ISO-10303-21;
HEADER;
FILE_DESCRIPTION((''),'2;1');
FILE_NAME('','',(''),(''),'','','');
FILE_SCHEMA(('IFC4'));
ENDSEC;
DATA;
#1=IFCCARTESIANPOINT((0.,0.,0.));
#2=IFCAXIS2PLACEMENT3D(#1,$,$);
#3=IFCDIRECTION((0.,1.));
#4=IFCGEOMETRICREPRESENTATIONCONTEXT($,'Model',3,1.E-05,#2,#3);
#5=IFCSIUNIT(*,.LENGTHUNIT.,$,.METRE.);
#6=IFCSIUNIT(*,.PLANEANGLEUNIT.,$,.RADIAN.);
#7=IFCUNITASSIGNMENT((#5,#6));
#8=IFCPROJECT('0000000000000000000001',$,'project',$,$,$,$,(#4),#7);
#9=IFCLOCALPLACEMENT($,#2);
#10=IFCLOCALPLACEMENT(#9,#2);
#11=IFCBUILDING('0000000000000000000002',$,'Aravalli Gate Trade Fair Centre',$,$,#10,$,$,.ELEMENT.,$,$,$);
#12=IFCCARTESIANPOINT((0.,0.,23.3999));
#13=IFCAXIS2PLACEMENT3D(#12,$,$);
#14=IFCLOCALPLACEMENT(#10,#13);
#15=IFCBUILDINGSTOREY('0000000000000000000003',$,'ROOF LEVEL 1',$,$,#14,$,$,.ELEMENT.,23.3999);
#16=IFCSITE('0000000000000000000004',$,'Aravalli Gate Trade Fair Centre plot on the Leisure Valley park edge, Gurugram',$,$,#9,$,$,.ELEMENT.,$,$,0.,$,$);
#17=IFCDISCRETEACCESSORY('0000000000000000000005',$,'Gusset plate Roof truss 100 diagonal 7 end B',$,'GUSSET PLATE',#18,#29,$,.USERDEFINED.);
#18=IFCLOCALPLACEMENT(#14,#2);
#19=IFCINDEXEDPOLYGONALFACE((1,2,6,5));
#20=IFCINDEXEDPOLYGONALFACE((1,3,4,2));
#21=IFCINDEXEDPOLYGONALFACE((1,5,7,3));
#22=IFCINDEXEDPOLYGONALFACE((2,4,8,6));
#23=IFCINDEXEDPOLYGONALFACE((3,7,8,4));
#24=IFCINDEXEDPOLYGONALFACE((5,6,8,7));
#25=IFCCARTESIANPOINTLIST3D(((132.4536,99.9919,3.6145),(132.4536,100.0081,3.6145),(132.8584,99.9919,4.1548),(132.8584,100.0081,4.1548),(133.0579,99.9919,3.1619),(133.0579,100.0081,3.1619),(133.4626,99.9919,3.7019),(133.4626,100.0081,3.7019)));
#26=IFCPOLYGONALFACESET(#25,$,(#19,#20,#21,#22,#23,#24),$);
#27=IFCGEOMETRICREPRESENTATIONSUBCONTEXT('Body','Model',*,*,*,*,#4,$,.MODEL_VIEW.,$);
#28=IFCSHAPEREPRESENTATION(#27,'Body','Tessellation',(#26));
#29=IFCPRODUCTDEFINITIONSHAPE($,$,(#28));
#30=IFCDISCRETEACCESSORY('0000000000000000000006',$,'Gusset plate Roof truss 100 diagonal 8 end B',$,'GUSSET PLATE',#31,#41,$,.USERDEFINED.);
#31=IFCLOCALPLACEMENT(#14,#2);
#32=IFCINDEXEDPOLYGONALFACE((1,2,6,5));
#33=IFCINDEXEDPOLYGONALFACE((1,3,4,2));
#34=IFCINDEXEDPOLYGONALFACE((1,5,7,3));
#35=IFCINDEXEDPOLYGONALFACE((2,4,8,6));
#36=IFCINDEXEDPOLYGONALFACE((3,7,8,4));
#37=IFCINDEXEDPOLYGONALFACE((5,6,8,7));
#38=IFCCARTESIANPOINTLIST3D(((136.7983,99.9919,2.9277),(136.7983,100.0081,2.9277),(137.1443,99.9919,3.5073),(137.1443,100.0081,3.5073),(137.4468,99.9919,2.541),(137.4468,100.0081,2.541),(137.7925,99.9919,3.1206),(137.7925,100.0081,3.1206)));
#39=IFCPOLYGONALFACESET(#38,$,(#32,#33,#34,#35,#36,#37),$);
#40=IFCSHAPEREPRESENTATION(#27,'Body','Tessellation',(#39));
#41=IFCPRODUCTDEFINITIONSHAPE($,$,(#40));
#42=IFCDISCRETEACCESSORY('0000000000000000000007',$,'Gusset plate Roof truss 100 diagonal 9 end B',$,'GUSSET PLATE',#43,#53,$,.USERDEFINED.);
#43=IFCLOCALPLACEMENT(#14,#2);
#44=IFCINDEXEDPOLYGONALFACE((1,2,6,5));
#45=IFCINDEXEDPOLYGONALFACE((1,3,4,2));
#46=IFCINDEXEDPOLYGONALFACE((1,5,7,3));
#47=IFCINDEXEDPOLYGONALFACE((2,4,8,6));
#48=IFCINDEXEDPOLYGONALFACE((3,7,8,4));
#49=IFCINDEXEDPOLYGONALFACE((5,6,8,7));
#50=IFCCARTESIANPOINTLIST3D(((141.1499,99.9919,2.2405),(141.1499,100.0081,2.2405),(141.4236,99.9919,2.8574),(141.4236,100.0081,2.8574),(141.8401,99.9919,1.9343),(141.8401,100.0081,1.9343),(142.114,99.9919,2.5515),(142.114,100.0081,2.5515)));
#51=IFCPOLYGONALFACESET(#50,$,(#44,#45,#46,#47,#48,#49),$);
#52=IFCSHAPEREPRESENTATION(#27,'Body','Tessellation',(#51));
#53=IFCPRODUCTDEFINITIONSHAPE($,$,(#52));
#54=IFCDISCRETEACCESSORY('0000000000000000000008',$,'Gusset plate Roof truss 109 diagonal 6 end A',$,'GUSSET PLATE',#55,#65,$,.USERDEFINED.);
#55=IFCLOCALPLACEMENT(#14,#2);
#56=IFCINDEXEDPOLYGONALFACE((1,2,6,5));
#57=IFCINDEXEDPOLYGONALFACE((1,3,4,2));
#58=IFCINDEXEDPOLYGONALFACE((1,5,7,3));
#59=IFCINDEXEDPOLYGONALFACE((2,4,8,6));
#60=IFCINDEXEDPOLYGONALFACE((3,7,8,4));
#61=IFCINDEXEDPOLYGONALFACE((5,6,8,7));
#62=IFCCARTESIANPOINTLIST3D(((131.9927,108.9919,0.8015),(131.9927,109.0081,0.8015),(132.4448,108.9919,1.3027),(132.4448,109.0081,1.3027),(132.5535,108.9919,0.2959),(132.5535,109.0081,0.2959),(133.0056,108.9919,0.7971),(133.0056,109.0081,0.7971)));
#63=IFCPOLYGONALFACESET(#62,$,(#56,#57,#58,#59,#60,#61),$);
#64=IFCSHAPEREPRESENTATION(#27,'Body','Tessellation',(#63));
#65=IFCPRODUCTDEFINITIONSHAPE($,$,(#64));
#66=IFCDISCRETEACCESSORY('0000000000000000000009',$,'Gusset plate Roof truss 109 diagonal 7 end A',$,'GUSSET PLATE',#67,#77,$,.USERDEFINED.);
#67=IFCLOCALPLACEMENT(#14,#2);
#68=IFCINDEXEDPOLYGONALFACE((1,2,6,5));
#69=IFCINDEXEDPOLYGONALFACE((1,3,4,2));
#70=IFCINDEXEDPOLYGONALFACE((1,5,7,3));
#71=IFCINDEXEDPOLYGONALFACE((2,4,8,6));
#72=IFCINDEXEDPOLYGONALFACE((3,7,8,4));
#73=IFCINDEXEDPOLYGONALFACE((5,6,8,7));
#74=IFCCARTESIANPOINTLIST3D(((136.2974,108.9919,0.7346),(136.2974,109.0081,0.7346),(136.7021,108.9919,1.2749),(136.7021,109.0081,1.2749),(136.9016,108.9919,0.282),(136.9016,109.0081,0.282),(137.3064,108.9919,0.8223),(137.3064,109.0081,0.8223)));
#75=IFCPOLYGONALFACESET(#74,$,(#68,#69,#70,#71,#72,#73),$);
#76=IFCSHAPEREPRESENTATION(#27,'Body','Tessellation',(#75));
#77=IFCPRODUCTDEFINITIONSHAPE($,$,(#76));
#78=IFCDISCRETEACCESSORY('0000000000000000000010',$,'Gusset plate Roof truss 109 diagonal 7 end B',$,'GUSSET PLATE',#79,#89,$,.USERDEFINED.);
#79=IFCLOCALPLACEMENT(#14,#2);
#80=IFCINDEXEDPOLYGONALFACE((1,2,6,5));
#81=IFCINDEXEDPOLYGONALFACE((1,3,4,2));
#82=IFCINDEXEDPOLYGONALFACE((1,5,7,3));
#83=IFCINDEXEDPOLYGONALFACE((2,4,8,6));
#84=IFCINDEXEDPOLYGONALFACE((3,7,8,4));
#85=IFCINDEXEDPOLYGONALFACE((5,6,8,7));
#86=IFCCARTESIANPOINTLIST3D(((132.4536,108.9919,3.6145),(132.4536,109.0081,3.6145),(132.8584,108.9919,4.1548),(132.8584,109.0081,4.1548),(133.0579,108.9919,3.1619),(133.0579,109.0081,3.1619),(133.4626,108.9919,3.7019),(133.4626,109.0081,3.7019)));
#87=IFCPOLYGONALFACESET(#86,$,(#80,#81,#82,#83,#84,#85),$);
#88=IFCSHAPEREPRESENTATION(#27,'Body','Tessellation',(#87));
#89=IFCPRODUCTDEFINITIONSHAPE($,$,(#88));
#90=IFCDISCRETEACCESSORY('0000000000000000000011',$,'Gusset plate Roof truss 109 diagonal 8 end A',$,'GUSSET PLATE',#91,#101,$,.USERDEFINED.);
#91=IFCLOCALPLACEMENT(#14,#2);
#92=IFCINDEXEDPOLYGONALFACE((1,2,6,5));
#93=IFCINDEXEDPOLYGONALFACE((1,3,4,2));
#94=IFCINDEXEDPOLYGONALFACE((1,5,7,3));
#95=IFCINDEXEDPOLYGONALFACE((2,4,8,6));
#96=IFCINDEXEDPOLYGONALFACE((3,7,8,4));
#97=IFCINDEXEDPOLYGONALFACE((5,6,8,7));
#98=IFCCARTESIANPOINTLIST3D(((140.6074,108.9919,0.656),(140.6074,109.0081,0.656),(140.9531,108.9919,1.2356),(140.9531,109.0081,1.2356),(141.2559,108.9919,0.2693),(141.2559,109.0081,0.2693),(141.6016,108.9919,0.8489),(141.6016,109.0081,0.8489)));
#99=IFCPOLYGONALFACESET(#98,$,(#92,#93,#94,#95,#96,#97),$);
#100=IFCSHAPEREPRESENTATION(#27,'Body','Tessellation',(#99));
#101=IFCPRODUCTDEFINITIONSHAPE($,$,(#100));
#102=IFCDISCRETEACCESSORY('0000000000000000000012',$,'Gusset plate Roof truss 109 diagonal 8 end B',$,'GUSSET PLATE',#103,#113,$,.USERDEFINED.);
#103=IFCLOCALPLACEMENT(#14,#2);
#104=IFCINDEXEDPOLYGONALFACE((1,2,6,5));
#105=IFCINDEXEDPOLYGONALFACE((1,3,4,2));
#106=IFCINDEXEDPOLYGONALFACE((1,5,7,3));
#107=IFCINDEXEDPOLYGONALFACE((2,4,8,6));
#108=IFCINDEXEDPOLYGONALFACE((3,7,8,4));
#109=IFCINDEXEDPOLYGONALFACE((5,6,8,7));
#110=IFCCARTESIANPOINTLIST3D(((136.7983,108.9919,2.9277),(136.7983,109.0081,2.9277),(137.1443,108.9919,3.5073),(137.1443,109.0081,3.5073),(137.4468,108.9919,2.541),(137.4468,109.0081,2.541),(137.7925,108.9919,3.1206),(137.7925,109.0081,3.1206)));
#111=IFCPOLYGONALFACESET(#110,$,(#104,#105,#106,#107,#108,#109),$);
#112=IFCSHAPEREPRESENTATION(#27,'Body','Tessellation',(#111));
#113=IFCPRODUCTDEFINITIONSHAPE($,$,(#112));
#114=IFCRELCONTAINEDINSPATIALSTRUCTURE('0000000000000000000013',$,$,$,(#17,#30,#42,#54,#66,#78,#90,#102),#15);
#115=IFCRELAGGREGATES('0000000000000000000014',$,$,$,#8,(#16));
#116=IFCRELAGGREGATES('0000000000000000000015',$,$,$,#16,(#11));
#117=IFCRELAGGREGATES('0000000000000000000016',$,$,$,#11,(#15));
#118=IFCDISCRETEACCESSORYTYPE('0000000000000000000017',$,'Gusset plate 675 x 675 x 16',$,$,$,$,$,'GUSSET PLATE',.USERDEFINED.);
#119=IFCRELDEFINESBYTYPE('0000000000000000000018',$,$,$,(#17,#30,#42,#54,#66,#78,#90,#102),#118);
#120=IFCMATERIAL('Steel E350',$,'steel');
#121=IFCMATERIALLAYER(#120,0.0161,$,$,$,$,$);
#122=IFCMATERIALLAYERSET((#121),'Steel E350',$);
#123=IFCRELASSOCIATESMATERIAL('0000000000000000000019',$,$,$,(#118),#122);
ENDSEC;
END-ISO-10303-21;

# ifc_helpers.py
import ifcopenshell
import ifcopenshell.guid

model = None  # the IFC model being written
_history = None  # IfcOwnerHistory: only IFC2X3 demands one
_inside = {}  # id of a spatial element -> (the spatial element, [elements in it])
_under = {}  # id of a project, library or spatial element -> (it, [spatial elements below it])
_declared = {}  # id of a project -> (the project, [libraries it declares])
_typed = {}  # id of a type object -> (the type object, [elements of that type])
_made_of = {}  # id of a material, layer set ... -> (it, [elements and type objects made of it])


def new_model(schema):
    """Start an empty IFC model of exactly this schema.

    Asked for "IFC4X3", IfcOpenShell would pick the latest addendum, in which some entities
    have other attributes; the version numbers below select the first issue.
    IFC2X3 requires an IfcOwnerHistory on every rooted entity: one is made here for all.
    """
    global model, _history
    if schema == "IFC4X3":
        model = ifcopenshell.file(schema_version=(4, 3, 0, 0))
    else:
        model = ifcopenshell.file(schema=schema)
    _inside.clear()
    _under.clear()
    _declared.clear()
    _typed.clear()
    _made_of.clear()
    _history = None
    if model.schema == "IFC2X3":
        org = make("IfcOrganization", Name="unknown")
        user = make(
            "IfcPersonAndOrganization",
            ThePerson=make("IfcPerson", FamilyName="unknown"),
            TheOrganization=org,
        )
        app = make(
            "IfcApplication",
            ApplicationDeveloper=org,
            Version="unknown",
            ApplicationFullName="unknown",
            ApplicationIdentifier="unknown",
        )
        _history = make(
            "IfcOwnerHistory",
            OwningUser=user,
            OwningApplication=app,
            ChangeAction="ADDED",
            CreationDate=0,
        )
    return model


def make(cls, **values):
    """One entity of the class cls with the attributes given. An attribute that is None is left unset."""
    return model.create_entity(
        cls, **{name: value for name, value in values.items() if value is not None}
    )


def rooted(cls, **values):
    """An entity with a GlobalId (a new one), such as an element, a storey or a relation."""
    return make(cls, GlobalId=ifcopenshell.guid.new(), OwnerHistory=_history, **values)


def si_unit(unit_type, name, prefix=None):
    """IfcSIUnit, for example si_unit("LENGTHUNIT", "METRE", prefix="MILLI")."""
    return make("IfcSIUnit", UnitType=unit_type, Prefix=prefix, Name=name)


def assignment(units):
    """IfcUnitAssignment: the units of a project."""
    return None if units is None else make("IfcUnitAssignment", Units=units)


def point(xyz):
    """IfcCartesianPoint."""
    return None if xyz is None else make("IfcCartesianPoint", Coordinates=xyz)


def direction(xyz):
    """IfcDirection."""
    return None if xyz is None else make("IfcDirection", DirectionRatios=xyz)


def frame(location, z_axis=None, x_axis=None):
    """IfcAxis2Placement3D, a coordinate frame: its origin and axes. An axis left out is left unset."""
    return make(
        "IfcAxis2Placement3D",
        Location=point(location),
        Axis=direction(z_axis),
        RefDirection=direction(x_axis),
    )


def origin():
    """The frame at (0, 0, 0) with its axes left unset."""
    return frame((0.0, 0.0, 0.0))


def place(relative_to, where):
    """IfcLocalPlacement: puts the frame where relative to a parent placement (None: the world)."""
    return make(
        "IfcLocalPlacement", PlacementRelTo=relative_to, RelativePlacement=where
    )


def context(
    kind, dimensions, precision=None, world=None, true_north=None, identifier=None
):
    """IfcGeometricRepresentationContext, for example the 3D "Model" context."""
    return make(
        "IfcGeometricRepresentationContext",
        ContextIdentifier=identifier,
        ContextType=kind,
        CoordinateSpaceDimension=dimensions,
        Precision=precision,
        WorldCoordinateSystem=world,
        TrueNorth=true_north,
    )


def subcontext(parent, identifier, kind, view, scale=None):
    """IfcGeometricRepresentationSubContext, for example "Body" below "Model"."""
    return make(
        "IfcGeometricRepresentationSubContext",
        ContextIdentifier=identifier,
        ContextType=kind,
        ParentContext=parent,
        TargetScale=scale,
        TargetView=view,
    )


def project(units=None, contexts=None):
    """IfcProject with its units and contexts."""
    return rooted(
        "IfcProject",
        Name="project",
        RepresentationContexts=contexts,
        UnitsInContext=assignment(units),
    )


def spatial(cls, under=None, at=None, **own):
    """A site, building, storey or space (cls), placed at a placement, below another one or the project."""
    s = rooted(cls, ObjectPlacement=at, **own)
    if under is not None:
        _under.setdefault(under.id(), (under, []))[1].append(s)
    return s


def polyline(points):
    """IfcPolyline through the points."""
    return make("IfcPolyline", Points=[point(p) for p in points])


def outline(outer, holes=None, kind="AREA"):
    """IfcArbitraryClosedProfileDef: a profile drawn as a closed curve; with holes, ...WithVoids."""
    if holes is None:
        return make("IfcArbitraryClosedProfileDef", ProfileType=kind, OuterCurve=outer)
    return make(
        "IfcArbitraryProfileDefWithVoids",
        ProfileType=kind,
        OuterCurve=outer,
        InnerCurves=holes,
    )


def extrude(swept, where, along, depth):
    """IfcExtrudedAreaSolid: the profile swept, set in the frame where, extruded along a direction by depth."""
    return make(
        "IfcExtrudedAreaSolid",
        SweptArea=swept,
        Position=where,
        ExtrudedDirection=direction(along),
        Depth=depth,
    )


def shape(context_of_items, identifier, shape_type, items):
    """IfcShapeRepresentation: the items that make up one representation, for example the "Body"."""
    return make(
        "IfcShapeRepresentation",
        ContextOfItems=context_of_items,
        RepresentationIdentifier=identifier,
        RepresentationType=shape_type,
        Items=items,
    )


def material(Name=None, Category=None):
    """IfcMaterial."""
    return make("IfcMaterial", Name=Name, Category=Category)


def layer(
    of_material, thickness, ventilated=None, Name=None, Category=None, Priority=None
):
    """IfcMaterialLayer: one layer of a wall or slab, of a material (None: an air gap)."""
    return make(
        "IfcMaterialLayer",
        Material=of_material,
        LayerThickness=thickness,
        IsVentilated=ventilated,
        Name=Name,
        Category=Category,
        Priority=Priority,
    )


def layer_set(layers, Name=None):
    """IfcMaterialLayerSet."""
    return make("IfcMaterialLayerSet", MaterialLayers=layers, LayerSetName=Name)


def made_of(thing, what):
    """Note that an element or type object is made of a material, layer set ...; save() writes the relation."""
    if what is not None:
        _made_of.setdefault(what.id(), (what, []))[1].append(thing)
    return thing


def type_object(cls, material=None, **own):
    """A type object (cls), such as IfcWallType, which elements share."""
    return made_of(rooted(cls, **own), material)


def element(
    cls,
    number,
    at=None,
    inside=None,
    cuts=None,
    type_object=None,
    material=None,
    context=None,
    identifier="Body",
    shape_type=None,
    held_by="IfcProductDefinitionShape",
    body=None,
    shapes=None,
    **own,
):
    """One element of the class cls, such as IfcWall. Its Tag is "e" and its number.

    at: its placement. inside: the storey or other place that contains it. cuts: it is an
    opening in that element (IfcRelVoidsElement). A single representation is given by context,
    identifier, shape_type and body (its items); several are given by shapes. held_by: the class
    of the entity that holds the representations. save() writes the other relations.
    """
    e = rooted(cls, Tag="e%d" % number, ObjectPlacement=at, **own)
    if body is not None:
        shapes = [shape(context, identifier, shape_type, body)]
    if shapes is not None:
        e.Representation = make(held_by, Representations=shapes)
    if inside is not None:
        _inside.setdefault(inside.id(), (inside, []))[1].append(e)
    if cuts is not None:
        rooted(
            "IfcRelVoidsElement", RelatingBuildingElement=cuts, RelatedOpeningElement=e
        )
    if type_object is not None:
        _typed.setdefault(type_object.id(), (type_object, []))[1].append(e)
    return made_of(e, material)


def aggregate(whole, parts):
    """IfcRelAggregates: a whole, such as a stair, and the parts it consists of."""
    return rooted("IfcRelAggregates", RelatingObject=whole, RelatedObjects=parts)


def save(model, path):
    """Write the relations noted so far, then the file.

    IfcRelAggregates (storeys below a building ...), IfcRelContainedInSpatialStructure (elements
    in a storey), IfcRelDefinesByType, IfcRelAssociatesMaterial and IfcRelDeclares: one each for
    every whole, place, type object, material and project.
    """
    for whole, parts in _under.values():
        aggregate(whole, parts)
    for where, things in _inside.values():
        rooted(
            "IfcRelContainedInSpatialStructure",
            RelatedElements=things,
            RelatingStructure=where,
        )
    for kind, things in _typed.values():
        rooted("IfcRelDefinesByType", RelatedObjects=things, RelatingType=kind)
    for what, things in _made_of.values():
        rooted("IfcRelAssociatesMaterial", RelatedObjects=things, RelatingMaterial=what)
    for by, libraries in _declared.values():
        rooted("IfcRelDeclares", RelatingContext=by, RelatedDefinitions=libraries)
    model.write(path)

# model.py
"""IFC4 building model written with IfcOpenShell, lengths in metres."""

from ifc_helpers import new_model, si_unit, direction, frame, origin, place, context, subcontext, project, spatial, polyline, outline, extrude, material, layer, layer_set, type_object, element, save


model = new_model("IFC4")

# Units and contexts
model_context = context("Model", 3, precision=1e-05, world=origin(), true_north=direction((0.0, 1.0)))
body_context = subcontext(model_context, "Body", "Model", "MODEL_VIEW")
ifc_project = project(units=[si_unit("LENGTHUNIT", "METRE"), si_unit("PLANEANGLEUNIT", "RADIAN")], contexts=[model_context])

# Site, building, storey
site_placement = place(None, origin())
site = spatial("IfcSite", under=ifc_project, at=site_placement, Name="Aravalli Gate Trade Fair Centre plot on the Leisure Valley park edge, Gurugram", CompositionType="ELEMENT", RefElevation=0.0)
building_placement = place(site_placement, origin())
building = spatial("IfcBuilding", under=site, at=building_placement, Name="Aravalli Gate Trade Fair Centre", CompositionType="ELEMENT")
storey_placement = place(building_placement, frame((0.0, 0.0, 23.3999)))
storey = spatial("IfcBuildingStorey", under=building, at=storey_placement, Name="ROOF LEVEL 1", CompositionType="ELEMENT", Elevation=23.3999)

# Shared definitions
ifc_material = material(Name="Steel E350", Category="steel")

# Discrete accessories
ifc_layer_1 = layer(ifc_material, 0.0161)
ifc_layer_set_1 = layer_set([ifc_layer_1], Name="Steel E350")
discrete_accessory_type_1 = type_object("IfcDiscreteAccessoryType", Name="Gusset plate 675 x 675 x 16", ElementType="GUSSET PLATE", PredefinedType="USERDEFINED", material=ifc_layer_set_1)
discrete_accessory_1_placement = place(storey_placement, frame((133.0579, 100.0081, 3.1619), z_axis=(0.0, 1.0, 0.0), x_axis=(-0.800349, 0.0, 0.599534)))
element("IfcDiscreteAccessory", 1, at=discrete_accessory_1_placement, inside=storey, type_object=discrete_accessory_type_1, Name="Gusset plate Roof truss 100 diagonal 7 end B", ObjectType="GUSSET PLATE", PredefinedType="USERDEFINED", context=body_context, shape_type="SweptSolid", body=[
    extrude(outline(polyline([(0.0, 0.0), (0.755, 0.0), (0.7549, 0.6751), (-0.0002, 0.6749), (0.0, 0.0)])), origin(), (0.0, 0.0, -1.0), 0.0161),
])
discrete_accessory_2_placement = place(storey_placement, frame((137.4468, 100.0081, 2.541), z_axis=(0.0, 1.0, 0.0), x_axis=(-0.858859, 0.0, 0.512211)))
element("IfcDiscreteAccessory", 2, at=discrete_accessory_2_placement, inside=storey, type_object=discrete_accessory_type_1, Name="Gusset plate Roof truss 100 diagonal 8 end B", ObjectType="GUSSET PLATE", PredefinedType="USERDEFINED", context=body_context, shape_type="SweptSolid", body=[
    extrude(outline(polyline([(0.0, 0.0), (0.755, 0.0), (0.7548, 0.675), (0.0, 0.6749), (0.0, 0.0)])), origin(), (0.0, 0.0, -1.0), 0.0161),
])
discrete_accessory_3_placement = place(storey_placement, frame((141.8401, 100.0081, 1.9343), z_axis=(0.0, 1.0, 0.0), x_axis=(-0.914105, 0.0, 0.405478)))
element("IfcDiscreteAccessory", 3, at=discrete_accessory_3_placement, inside=storey, type_object=discrete_accessory_type_1, Name="Gusset plate Roof truss 100 diagonal 9 end B", ObjectType="GUSSET PLATE", PredefinedType="USERDEFINED", context=body_context, shape_type="SweptSolid", body=[
    extrude(outline(polyline([(0.0, 0.0), (0.755, 0.0), (0.755, 0.6749), (-0.0001, 0.6752), (0.0, 0.0)])), origin(), (0.0, 0.0, -1.0), 0.0161),
])
discrete_accessory_4_placement = place(storey_placement, frame((131.9927, 108.9919, 0.8015), z_axis=(0.0, -1.0, 0.0), x_axis=(0.742699, 0.0, -0.669625)))
element("IfcDiscreteAccessory", 4, at=discrete_accessory_4_placement, inside=storey, type_object=discrete_accessory_type_1, Name="Gusset plate Roof truss 109 diagonal 6 end A", ObjectType="GUSSET PLATE", PredefinedType="USERDEFINED", context=body_context, shape_type="SweptSolid", body=[
    extrude(outline(polyline([(0.0, 0.0), (0.7551, 0.0), (0.7553, 0.675), (0.0002, 0.675), (0.0, 0.0)])), origin(), (0.0, 0.0, -1.0), 0.0161),
])
discrete_accessory_5_placement = place(storey_placement, frame((136.2974, 108.9919, 0.7346), z_axis=(0.0, -1.0, 0.0), x_axis=(0.800349, 0.0, -0.599534)))
element("IfcDiscreteAccessory", 5, at=discrete_accessory_5_placement, inside=storey, type_object=discrete_accessory_type_1, Name="Gusset plate Roof truss 109 diagonal 7 end A", ObjectType="GUSSET PLATE", PredefinedType="USERDEFINED", context=body_context, shape_type="SweptSolid", body=[
    extrude(outline(polyline([(0.0, 0.0), (0.755, 0.0), (0.755, 0.6751), (0.0001, 0.6751), (0.0, 0.0)])), origin(), (0.0, 0.0, -1.0), 0.0161),
])
discrete_accessory_6_placement = place(storey_placement, frame((133.0579, 109.0081, 3.1619), z_axis=(0.0, 1.0, 0.0), x_axis=(-0.800349, 0.0, 0.599534)))
element("IfcDiscreteAccessory", 6, at=discrete_accessory_6_placement, inside=storey, type_object=discrete_accessory_type_1, Name="Gusset plate Roof truss 109 diagonal 7 end B", ObjectType="GUSSET PLATE", PredefinedType="USERDEFINED", context=body_context, shape_type="SweptSolid", body=[
    extrude(outline(polyline([(0.0, 0.0), (0.755, 0.0), (0.7549, 0.6751), (-0.0002, 0.6749), (0.0, 0.0)])), origin(), (0.0, 0.0, -1.0), 0.0161),
])
discrete_accessory_7_placement = place(storey_placement, frame((140.6074, 108.9919, 0.656), z_axis=(0.0, -1.0, 0.0), x_axis=(0.858859, 0.0, -0.512211)))
element("IfcDiscreteAccessory", 7, at=discrete_accessory_7_placement, inside=storey, type_object=discrete_accessory_type_1, Name="Gusset plate Roof truss 109 diagonal 8 end A", ObjectType="GUSSET PLATE", PredefinedType="USERDEFINED", context=body_context, shape_type="SweptSolid", body=[
    extrude(outline(polyline([(0.0, 0.0), (0.755, 0.0), (0.755, 0.6749), (0.0, 0.6749), (0.0, 0.0)])), origin(), (0.0, 0.0, -1.0), 0.0161),
])
discrete_accessory_8_placement = place(storey_placement, frame((137.4468, 109.0081, 2.541), z_axis=(0.0, 1.0, 0.0), x_axis=(-0.858859, 0.0, 0.512211)))
element("IfcDiscreteAccessory", 8, at=discrete_accessory_8_placement, inside=storey, type_object=discrete_accessory_type_1, Name="Gusset plate Roof truss 109 diagonal 8 end B", ObjectType="GUSSET PLATE", PredefinedType="USERDEFINED", context=body_context, shape_type="SweptSolid", body=[
    extrude(outline(polyline([(0.0, 0.0), (0.755, 0.0), (0.7548, 0.675), (0.0, 0.6749), (0.0, 0.0)])), origin(), (0.0, 0.0, -1.0), 0.0161),
])

save(model, "model.ifc")
